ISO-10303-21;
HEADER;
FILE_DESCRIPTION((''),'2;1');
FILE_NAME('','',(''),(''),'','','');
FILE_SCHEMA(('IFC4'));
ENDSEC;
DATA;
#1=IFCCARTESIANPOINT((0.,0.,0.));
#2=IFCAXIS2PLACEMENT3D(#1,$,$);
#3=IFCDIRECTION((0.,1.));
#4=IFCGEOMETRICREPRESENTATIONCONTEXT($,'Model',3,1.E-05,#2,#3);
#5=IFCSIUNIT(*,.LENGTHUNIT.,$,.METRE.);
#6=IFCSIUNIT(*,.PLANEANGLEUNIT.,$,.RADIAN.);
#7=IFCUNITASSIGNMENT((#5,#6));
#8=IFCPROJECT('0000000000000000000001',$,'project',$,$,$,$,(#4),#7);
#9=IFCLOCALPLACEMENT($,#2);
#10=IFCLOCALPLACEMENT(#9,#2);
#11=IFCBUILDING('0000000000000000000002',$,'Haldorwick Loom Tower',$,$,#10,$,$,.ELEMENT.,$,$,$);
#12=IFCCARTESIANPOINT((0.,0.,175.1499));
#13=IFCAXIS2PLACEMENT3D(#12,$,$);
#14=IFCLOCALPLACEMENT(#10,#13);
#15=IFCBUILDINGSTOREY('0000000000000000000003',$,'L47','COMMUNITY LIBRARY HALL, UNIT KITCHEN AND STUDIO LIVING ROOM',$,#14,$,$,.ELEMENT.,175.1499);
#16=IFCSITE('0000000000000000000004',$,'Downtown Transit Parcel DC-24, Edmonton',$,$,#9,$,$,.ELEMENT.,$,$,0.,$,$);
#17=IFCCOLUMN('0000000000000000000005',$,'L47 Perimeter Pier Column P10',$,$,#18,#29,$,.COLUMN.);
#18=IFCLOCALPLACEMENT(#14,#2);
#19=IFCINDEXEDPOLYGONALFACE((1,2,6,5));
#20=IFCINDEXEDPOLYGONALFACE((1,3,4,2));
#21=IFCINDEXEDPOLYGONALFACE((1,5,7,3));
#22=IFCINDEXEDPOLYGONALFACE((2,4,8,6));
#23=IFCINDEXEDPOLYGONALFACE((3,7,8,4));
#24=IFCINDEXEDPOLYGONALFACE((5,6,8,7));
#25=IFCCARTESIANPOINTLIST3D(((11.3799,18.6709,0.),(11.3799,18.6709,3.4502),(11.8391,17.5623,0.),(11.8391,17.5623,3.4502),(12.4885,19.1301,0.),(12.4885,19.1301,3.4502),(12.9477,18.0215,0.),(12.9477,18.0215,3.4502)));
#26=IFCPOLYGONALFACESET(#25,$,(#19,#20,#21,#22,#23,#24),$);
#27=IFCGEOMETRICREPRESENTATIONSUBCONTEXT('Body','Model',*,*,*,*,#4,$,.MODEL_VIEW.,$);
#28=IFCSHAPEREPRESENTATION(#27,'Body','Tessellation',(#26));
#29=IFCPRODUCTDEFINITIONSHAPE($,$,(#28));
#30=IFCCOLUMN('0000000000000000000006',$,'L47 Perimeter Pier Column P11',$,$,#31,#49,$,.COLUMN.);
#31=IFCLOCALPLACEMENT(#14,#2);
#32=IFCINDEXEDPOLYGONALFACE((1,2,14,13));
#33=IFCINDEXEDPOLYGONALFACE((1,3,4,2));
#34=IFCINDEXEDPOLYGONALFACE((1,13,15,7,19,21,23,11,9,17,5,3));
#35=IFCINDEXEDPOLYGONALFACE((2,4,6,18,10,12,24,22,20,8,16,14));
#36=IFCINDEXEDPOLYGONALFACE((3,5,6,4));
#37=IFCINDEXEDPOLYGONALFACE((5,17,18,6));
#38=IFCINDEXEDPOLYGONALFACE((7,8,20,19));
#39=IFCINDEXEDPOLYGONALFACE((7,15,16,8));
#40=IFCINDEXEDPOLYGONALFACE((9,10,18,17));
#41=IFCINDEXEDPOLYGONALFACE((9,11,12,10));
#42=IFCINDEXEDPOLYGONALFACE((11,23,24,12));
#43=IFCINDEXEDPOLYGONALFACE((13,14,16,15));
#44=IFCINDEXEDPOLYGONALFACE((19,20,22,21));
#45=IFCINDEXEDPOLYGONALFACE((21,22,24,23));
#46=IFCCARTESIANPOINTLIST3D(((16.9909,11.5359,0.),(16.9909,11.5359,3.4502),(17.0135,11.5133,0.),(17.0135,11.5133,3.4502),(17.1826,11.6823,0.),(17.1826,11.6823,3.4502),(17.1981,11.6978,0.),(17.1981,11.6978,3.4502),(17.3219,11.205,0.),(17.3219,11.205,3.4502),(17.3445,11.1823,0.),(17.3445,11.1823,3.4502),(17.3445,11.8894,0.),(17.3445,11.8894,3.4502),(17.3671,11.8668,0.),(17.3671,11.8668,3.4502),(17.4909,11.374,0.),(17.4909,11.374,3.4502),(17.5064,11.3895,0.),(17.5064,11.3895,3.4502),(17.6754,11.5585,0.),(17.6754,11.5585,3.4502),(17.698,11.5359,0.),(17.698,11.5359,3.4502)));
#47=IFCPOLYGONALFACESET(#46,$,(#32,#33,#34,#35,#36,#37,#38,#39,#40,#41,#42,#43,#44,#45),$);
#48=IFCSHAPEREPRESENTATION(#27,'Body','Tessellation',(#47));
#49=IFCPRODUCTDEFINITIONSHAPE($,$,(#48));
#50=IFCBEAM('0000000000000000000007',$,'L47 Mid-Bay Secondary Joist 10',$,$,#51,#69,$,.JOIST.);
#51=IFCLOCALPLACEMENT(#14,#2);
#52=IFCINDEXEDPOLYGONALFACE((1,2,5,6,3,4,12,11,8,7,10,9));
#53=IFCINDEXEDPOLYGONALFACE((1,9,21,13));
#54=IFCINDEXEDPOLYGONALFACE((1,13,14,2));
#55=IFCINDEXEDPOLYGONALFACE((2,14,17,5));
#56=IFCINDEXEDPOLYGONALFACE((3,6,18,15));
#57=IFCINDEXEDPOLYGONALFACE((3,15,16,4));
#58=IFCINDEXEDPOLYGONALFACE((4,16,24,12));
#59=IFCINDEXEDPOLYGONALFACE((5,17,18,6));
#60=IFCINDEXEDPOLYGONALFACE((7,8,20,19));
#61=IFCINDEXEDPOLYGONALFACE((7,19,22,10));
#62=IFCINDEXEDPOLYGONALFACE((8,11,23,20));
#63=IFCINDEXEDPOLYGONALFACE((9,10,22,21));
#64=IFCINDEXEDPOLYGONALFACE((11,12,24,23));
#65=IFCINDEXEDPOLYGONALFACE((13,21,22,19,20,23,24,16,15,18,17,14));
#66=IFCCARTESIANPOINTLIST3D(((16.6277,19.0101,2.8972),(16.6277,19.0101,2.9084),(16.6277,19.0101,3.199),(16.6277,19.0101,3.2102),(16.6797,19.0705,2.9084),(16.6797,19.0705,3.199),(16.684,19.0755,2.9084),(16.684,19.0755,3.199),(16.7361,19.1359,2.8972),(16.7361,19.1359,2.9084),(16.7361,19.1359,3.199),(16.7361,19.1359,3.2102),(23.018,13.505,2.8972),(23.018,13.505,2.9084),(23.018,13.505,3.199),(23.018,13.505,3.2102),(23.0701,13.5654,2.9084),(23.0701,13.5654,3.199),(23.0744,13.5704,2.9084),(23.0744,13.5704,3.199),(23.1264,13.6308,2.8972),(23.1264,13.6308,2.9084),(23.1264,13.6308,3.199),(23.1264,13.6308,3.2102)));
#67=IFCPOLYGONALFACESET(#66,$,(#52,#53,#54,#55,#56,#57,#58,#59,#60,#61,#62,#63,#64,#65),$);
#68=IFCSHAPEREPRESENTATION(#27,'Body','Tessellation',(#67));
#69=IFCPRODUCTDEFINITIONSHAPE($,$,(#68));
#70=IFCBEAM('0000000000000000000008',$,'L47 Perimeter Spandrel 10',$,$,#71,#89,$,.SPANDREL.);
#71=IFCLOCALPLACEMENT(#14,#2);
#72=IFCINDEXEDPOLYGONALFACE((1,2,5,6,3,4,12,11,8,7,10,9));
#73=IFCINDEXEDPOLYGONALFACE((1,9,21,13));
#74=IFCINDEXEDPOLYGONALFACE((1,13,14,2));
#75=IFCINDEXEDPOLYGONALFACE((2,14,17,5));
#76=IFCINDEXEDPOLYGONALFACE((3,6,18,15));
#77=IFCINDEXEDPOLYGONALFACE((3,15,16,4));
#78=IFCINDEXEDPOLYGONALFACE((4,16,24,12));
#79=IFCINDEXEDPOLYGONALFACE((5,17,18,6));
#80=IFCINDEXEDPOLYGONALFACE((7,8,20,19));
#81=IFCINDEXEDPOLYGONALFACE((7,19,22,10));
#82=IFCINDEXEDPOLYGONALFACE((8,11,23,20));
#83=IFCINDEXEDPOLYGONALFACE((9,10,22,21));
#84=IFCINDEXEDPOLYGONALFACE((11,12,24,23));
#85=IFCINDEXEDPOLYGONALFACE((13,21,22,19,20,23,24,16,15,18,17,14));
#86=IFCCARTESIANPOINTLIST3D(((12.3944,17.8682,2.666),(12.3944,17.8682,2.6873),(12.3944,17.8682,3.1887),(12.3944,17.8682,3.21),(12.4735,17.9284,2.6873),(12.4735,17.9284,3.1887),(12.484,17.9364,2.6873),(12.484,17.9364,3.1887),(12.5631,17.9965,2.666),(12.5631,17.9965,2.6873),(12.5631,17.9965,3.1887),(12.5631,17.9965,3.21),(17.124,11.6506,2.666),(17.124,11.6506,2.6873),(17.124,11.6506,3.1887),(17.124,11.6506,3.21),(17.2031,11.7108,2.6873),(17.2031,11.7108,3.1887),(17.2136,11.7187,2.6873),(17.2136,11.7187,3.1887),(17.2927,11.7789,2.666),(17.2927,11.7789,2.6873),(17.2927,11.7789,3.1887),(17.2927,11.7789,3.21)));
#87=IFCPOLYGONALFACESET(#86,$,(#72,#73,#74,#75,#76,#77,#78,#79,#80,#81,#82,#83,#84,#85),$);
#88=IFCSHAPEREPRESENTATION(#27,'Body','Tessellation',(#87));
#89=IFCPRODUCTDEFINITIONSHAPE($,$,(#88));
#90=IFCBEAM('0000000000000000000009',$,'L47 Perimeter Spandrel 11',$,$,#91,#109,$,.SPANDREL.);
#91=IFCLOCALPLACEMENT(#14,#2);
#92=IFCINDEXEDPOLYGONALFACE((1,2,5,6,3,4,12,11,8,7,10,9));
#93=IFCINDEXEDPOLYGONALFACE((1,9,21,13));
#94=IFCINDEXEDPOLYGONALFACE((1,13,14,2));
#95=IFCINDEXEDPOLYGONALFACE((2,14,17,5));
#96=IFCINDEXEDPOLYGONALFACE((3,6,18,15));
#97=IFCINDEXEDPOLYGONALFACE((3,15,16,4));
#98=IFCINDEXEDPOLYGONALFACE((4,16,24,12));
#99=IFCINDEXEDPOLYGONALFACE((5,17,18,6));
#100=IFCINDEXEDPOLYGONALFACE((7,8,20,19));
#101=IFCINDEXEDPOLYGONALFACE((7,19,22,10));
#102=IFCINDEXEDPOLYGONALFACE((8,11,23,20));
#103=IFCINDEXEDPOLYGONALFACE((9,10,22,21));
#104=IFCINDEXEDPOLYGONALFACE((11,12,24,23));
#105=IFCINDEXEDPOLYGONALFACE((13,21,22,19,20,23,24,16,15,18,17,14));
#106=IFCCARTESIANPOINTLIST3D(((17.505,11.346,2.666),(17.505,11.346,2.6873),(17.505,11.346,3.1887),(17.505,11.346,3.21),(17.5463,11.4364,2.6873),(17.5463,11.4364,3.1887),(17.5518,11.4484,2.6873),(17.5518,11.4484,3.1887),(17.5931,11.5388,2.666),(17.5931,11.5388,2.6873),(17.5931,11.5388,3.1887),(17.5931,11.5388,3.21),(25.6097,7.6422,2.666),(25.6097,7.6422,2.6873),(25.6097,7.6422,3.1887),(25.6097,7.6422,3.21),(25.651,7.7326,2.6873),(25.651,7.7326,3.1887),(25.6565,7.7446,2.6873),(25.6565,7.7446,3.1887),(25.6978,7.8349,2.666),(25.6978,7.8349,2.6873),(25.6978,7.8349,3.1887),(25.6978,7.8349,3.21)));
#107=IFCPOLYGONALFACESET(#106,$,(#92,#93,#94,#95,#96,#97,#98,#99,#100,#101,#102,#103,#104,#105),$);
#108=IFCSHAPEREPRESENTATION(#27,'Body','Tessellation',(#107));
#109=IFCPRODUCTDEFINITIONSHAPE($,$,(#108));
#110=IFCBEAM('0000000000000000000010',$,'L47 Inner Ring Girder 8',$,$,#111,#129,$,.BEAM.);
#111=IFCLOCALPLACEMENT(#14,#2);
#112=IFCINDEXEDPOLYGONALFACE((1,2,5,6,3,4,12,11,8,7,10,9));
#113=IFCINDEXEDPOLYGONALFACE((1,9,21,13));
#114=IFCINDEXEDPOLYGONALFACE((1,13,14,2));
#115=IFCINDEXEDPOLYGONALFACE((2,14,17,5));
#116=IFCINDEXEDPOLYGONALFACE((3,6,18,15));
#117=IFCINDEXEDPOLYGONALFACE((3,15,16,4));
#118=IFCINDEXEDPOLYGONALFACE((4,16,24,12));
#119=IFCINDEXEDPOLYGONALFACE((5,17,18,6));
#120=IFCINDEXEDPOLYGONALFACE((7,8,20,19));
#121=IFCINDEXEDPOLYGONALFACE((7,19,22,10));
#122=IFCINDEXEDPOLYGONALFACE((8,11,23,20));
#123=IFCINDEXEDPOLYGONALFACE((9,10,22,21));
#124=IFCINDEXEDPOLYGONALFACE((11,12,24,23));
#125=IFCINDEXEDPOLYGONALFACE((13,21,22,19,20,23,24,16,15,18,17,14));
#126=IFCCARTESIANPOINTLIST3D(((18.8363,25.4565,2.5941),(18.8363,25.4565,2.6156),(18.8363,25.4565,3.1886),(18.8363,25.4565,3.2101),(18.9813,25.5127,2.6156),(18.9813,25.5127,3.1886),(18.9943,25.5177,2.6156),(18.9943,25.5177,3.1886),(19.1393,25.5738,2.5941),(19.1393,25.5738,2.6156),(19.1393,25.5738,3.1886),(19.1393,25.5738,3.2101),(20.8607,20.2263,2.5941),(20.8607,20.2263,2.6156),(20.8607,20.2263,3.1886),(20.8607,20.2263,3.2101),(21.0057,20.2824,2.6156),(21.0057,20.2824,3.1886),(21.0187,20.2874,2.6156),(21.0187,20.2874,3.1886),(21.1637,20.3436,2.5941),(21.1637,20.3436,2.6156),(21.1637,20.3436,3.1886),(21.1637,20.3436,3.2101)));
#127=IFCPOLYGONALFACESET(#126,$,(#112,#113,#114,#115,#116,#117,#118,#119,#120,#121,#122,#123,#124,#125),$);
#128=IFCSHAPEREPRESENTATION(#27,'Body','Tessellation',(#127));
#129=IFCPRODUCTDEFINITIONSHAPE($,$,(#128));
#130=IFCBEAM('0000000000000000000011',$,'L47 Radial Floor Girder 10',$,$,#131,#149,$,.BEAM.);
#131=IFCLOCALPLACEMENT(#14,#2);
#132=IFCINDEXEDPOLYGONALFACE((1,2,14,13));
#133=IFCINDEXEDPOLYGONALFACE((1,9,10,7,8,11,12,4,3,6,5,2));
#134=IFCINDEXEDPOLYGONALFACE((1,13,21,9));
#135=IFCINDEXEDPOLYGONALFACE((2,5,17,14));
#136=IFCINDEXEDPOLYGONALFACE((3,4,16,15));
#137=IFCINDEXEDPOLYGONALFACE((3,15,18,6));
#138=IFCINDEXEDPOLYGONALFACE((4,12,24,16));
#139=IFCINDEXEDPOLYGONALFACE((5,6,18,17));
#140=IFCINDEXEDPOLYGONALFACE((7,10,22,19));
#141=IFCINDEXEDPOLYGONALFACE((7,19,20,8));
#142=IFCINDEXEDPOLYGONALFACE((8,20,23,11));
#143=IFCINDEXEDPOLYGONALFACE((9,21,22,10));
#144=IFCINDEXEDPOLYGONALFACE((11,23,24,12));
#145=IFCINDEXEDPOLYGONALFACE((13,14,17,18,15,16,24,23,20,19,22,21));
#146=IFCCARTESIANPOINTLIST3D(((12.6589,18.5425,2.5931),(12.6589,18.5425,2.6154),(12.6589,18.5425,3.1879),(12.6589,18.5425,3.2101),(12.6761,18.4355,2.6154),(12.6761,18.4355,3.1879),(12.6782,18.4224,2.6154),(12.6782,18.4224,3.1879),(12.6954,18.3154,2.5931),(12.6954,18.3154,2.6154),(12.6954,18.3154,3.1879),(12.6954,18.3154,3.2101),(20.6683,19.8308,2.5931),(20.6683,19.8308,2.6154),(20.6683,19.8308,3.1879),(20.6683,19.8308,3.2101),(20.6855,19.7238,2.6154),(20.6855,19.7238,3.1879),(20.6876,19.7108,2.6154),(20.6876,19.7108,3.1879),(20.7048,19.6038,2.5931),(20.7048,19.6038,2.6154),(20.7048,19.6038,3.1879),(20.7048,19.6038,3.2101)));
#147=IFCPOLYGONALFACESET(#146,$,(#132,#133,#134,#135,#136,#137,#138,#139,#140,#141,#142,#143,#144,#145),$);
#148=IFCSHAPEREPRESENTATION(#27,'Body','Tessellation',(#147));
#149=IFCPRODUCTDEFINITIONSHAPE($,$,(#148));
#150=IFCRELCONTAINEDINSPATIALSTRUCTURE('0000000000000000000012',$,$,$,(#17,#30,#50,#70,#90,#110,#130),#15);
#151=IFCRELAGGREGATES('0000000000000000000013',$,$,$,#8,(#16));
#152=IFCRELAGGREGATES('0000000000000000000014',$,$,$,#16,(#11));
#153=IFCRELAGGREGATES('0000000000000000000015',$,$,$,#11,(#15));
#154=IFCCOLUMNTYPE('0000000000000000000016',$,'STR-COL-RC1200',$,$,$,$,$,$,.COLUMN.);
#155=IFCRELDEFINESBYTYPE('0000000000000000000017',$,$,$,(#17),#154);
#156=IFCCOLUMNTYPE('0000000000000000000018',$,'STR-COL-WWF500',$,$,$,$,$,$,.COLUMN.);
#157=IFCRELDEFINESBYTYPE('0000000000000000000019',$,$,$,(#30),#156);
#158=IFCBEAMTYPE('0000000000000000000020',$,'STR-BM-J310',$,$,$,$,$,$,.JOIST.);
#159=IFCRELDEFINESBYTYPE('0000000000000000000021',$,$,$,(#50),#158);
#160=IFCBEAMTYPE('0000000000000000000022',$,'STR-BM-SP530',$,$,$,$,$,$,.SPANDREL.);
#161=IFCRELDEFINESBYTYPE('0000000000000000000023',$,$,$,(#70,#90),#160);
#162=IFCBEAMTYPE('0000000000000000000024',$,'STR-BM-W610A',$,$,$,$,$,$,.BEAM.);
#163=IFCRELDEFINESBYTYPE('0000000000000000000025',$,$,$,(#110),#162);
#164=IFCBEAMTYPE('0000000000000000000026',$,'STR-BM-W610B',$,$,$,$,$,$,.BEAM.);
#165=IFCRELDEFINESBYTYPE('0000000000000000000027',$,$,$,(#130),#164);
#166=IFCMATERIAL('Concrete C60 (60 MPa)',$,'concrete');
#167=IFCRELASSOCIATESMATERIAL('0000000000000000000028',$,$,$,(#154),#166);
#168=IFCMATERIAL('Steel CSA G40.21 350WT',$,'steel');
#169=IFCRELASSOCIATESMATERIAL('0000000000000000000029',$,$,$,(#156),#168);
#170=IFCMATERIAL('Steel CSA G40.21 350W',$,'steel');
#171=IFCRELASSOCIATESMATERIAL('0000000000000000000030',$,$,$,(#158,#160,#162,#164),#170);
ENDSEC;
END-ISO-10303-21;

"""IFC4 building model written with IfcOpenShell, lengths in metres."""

from ifc_helpers import new_model, si_unit, direction, frame, origin, origin_2d, place, context, subcontext, project, spatial, rectangle, i_section, extrude, material, material_profile, profile_set, type_object, element, save


model = new_model("IFC4")

# Units and contexts
model_context = context("Model", 3, precision=1e-05, world=origin(), true_north=direction((0.0, 1.0)))
body_context = subcontext(model_context, "Body", "Model", "MODEL_VIEW")
ifc_project = project(units=[si_unit("LENGTHUNIT", "METRE"), si_unit("PLANEANGLEUNIT", "RADIAN")], contexts=[model_context])

# Site, building, storey
site_placement = place(None, origin())
site = spatial("IfcSite", under=ifc_project, at=site_placement, Name="Downtown Transit Parcel DC-24, Edmonton", CompositionType="ELEMENT", RefElevation=0.0)
building_placement = place(site_placement, origin())
building = spatial("IfcBuilding", under=site, at=building_placement, Name="Haldorwick Loom Tower", CompositionType="ELEMENT")
storey_placement = place(building_placement, frame((0.0, 0.0, 175.1499)))
storey = spatial("IfcBuildingStorey", under=building, at=storey_placement, Name="L47", Description="COMMUNITY LIBRARY HALL, UNIT KITCHEN AND STUDIO LIVING ROOM", CompositionType="ELEMENT", Elevation=175.1499)

# Columns
ifc_material_1 = material(Name="Concrete C60 (60 MPa)", Category="concrete")
ifc_material_profile_1 = material_profile(ifc_material_1, rectangle(XDim=1.2, YDim=1.2, at=origin_2d()), Name="RC1200X1200", Category="concrete")
ifc_profile_set_1 = profile_set([ifc_material_profile_1], Name="Concrete C60 (60 MPa)")
column_type_1 = type_object("IfcColumnType", Name="STR-COL-RC1200", PredefinedType="COLUMN", material=ifc_profile_set_1)
column_1_placement = place(storey_placement, frame((12.1638, 18.3462, 0.0), z_axis=(0.0, 0.0, 1.0), x_axis=(-0.92388, -0.382683, 0.0)))
element("IfcColumn", 1, at=column_1_placement, inside=storey, type_object=column_type_1, Name="L47 Perimeter Pier Column P10", PredefinedType="COLUMN", context=body_context, shape_type="SweptSolid", body=[
    extrude(rectangle(XDim=1.2, YDim=1.2, at=origin_2d()), origin(), (0.0, 0.0, 1.0), 3.4502),
])
ifc_material_2 = material(Name="Steel CSA G40.21 350WT", Category="steel")
ifc_material_profile_2 = material_profile(ifc_material_2, i_section(OverallWidth=0.5, OverallDepth=0.5, WebThickness=0.022, FlangeThickness=0.032, at=origin_2d()), Name="WWF500X500", Category="steel")
ifc_profile_set_2 = profile_set([ifc_material_profile_2], Name="Steel CSA G40.21 350WT")
column_type_2 = type_object("IfcColumnType", Name="STR-COL-WWF500", PredefinedType="COLUMN", material=ifc_profile_set_2)
column_2_placement = place(storey_placement, frame((17.3445, 11.5359, 0.0), z_axis=(0.0, 0.0, 1.0), x_axis=(-0.707107, -0.707107, 0.0)))
element("IfcColumn", 2, at=column_2_placement, inside=storey, type_object=column_type_2, Name="L47 Perimeter Pier Column P11", PredefinedType="COLUMN", context=body_context, shape_type="SweptSolid", body=[
    extrude(i_section(OverallWidth=0.5, OverallDepth=0.5, WebThickness=0.022, FlangeThickness=0.032, at=origin_2d()), origin(), (0.0, 0.0, 1.0), 3.4502),
])

# Beams
ifc_material_3 = material(Name="Steel CSA G40.21 350W", Category="steel")
ifc_material_profile_3 = material_profile(ifc_material_3, i_section(OverallWidth=0.166, OverallDepth=0.313, WebThickness=0.0066, FlangeThickness=0.0112, at=origin_2d()), Name="W310X45", Category="steel")
ifc_profile_set_3 = profile_set([ifc_material_profile_3], Name="Steel CSA G40.21 350W")
beam_type_1 = type_object("IfcBeamType", Name="STR-BM-J310", PredefinedType="JOIST", material=ifc_profile_set_3)
beam_1_placement = place(storey_placement, frame((16.6819, 19.073, 3.0537), z_axis=(0.757634, -0.65268, 0.0), x_axis=(0.65268, 0.757634, 0.0)))
element("IfcBeam", 3, at=beam_1_placement, inside=storey, type_object=beam_type_1, Name="L47 Mid-Bay Secondary Joist 10", PredefinedType="JOIST", context=body_context, shape_type="SweptSolid", body=[
    extrude(i_section(OverallWidth=0.166, OverallDepth=0.313, WebThickness=0.0066, FlangeThickness=0.0112, at=origin_2d()), origin(), (0.0, 0.0, 1.0), 8.4346),
])
ifc_material_profile_4 = material_profile(ifc_material_3, i_section(OverallWidth=0.2119, OverallDepth=0.5439, WebThickness=0.0132, FlangeThickness=0.0212, at=origin_2d()), Name="W530X123", Category="steel")
ifc_profile_set_4 = profile_set([ifc_material_profile_4], Name="Steel CSA G40.21 350W")
beam_type_2 = type_object("IfcBeamType", Name="STR-BM-SP530", PredefinedType="SPANDREL", material=ifc_profile_set_4)
beam_2_placement = place(storey_placement, frame((12.4788, 17.9324, 2.938), z_axis=(0.605422, -0.795905, 0.0), x_axis=(0.795905, 0.605422, 0.0)))
element("IfcBeam", 4, at=beam_2_placement, inside=storey, type_object=beam_type_2, Name="L47 Perimeter Spandrel 10", PredefinedType="SPANDREL", context=body_context, shape_type="SweptSolid", body=[
    extrude(i_section(OverallWidth=0.2119, OverallDepth=0.5439, WebThickness=0.0132, FlangeThickness=0.0212, at=origin_2d()), origin(), (0.0, 0.0, 1.0), 7.812),
])
beam_3_placement = place(storey_placement, frame((17.5491, 11.4424, 2.938), z_axis=(0.909524, -0.415652, 0.0), x_axis=(0.415652, 0.909524, 0.0)))
element("IfcBeam", 5, at=beam_3_placement, inside=storey, type_object=beam_type_2, Name="L47 Perimeter Spandrel 11", PredefinedType="SPANDREL", context=body_context, shape_type="SweptSolid", body=[
    extrude(i_section(OverallWidth=0.2119, OverallDepth=0.5439, WebThickness=0.0132, FlangeThickness=0.0212, at=origin_2d()), origin(), (0.0, 0.0, 1.0), 8.9109),
])
ifc_material_profile_5 = material_profile(ifc_material_3, i_section(OverallWidth=0.325, OverallDepth=0.616, WebThickness=0.0139, FlangeThickness=0.0215, at=origin_2d()), Name="W610X174", Category="steel")
ifc_profile_set_5 = profile_set([ifc_material_profile_5], Name="Steel CSA G40.21 350W")
beam_type_3 = type_object("IfcBeamType", Name="STR-BM-W610A", PredefinedType="BEAM", material=ifc_profile_set_5)
beam_4_placement = place(storey_placement, frame((21.0122, 20.2849, 2.9021), z_axis=(-0.360965, 0.932579, 0.0), x_axis=(-0.932579, -0.360965, 0.0)))
element("IfcBeam", 6, at=beam_4_placement, inside=storey, type_object=beam_type_3, Name="L47 Inner Ring Girder 8", PredefinedType="BEAM", context=body_context, shape_type="SweptSolid", body=[
    extrude(i_section(OverallWidth=0.325, OverallDepth=0.616, WebThickness=0.0139, FlangeThickness=0.0215, at=origin_2d()), origin(), (0.0, 0.0, 1.0), 5.6084),
])
ifc_material_profile_6 = material_profile(ifc_material_3, i_section(OverallWidth=0.23, OverallDepth=0.6169, WebThickness=0.0132, FlangeThickness=0.0222, at=origin_2d()), Name="W610X140", Category="steel")
ifc_profile_set_6 = profile_set([ifc_material_profile_6], Name="Steel CSA G40.21 350W")
beam_type_4 = type_object("IfcBeamType", Name="STR-BM-W610B", PredefinedType="BEAM", material=ifc_profile_set_6)
beam_5_placement = place(storey_placement, frame((20.6865, 19.7173, 2.9016), z_axis=(-0.987309, -0.158813, 0.0), x_axis=(0.158813, -0.987309, 0.0)))
element("IfcBeam", 7, at=beam_5_placement, inside=storey, type_object=beam_type_4, Name="L47 Radial Floor Girder 10", PredefinedType="BEAM", context=body_context, shape_type="SweptSolid", body=[
    extrude(i_section(OverallWidth=0.23, OverallDepth=0.6169, WebThickness=0.0132, FlangeThickness=0.0222, at=origin_2d()), origin(), (0.0, 0.0, 1.0), 8.1123),
])

save(model, "model.ifc")
